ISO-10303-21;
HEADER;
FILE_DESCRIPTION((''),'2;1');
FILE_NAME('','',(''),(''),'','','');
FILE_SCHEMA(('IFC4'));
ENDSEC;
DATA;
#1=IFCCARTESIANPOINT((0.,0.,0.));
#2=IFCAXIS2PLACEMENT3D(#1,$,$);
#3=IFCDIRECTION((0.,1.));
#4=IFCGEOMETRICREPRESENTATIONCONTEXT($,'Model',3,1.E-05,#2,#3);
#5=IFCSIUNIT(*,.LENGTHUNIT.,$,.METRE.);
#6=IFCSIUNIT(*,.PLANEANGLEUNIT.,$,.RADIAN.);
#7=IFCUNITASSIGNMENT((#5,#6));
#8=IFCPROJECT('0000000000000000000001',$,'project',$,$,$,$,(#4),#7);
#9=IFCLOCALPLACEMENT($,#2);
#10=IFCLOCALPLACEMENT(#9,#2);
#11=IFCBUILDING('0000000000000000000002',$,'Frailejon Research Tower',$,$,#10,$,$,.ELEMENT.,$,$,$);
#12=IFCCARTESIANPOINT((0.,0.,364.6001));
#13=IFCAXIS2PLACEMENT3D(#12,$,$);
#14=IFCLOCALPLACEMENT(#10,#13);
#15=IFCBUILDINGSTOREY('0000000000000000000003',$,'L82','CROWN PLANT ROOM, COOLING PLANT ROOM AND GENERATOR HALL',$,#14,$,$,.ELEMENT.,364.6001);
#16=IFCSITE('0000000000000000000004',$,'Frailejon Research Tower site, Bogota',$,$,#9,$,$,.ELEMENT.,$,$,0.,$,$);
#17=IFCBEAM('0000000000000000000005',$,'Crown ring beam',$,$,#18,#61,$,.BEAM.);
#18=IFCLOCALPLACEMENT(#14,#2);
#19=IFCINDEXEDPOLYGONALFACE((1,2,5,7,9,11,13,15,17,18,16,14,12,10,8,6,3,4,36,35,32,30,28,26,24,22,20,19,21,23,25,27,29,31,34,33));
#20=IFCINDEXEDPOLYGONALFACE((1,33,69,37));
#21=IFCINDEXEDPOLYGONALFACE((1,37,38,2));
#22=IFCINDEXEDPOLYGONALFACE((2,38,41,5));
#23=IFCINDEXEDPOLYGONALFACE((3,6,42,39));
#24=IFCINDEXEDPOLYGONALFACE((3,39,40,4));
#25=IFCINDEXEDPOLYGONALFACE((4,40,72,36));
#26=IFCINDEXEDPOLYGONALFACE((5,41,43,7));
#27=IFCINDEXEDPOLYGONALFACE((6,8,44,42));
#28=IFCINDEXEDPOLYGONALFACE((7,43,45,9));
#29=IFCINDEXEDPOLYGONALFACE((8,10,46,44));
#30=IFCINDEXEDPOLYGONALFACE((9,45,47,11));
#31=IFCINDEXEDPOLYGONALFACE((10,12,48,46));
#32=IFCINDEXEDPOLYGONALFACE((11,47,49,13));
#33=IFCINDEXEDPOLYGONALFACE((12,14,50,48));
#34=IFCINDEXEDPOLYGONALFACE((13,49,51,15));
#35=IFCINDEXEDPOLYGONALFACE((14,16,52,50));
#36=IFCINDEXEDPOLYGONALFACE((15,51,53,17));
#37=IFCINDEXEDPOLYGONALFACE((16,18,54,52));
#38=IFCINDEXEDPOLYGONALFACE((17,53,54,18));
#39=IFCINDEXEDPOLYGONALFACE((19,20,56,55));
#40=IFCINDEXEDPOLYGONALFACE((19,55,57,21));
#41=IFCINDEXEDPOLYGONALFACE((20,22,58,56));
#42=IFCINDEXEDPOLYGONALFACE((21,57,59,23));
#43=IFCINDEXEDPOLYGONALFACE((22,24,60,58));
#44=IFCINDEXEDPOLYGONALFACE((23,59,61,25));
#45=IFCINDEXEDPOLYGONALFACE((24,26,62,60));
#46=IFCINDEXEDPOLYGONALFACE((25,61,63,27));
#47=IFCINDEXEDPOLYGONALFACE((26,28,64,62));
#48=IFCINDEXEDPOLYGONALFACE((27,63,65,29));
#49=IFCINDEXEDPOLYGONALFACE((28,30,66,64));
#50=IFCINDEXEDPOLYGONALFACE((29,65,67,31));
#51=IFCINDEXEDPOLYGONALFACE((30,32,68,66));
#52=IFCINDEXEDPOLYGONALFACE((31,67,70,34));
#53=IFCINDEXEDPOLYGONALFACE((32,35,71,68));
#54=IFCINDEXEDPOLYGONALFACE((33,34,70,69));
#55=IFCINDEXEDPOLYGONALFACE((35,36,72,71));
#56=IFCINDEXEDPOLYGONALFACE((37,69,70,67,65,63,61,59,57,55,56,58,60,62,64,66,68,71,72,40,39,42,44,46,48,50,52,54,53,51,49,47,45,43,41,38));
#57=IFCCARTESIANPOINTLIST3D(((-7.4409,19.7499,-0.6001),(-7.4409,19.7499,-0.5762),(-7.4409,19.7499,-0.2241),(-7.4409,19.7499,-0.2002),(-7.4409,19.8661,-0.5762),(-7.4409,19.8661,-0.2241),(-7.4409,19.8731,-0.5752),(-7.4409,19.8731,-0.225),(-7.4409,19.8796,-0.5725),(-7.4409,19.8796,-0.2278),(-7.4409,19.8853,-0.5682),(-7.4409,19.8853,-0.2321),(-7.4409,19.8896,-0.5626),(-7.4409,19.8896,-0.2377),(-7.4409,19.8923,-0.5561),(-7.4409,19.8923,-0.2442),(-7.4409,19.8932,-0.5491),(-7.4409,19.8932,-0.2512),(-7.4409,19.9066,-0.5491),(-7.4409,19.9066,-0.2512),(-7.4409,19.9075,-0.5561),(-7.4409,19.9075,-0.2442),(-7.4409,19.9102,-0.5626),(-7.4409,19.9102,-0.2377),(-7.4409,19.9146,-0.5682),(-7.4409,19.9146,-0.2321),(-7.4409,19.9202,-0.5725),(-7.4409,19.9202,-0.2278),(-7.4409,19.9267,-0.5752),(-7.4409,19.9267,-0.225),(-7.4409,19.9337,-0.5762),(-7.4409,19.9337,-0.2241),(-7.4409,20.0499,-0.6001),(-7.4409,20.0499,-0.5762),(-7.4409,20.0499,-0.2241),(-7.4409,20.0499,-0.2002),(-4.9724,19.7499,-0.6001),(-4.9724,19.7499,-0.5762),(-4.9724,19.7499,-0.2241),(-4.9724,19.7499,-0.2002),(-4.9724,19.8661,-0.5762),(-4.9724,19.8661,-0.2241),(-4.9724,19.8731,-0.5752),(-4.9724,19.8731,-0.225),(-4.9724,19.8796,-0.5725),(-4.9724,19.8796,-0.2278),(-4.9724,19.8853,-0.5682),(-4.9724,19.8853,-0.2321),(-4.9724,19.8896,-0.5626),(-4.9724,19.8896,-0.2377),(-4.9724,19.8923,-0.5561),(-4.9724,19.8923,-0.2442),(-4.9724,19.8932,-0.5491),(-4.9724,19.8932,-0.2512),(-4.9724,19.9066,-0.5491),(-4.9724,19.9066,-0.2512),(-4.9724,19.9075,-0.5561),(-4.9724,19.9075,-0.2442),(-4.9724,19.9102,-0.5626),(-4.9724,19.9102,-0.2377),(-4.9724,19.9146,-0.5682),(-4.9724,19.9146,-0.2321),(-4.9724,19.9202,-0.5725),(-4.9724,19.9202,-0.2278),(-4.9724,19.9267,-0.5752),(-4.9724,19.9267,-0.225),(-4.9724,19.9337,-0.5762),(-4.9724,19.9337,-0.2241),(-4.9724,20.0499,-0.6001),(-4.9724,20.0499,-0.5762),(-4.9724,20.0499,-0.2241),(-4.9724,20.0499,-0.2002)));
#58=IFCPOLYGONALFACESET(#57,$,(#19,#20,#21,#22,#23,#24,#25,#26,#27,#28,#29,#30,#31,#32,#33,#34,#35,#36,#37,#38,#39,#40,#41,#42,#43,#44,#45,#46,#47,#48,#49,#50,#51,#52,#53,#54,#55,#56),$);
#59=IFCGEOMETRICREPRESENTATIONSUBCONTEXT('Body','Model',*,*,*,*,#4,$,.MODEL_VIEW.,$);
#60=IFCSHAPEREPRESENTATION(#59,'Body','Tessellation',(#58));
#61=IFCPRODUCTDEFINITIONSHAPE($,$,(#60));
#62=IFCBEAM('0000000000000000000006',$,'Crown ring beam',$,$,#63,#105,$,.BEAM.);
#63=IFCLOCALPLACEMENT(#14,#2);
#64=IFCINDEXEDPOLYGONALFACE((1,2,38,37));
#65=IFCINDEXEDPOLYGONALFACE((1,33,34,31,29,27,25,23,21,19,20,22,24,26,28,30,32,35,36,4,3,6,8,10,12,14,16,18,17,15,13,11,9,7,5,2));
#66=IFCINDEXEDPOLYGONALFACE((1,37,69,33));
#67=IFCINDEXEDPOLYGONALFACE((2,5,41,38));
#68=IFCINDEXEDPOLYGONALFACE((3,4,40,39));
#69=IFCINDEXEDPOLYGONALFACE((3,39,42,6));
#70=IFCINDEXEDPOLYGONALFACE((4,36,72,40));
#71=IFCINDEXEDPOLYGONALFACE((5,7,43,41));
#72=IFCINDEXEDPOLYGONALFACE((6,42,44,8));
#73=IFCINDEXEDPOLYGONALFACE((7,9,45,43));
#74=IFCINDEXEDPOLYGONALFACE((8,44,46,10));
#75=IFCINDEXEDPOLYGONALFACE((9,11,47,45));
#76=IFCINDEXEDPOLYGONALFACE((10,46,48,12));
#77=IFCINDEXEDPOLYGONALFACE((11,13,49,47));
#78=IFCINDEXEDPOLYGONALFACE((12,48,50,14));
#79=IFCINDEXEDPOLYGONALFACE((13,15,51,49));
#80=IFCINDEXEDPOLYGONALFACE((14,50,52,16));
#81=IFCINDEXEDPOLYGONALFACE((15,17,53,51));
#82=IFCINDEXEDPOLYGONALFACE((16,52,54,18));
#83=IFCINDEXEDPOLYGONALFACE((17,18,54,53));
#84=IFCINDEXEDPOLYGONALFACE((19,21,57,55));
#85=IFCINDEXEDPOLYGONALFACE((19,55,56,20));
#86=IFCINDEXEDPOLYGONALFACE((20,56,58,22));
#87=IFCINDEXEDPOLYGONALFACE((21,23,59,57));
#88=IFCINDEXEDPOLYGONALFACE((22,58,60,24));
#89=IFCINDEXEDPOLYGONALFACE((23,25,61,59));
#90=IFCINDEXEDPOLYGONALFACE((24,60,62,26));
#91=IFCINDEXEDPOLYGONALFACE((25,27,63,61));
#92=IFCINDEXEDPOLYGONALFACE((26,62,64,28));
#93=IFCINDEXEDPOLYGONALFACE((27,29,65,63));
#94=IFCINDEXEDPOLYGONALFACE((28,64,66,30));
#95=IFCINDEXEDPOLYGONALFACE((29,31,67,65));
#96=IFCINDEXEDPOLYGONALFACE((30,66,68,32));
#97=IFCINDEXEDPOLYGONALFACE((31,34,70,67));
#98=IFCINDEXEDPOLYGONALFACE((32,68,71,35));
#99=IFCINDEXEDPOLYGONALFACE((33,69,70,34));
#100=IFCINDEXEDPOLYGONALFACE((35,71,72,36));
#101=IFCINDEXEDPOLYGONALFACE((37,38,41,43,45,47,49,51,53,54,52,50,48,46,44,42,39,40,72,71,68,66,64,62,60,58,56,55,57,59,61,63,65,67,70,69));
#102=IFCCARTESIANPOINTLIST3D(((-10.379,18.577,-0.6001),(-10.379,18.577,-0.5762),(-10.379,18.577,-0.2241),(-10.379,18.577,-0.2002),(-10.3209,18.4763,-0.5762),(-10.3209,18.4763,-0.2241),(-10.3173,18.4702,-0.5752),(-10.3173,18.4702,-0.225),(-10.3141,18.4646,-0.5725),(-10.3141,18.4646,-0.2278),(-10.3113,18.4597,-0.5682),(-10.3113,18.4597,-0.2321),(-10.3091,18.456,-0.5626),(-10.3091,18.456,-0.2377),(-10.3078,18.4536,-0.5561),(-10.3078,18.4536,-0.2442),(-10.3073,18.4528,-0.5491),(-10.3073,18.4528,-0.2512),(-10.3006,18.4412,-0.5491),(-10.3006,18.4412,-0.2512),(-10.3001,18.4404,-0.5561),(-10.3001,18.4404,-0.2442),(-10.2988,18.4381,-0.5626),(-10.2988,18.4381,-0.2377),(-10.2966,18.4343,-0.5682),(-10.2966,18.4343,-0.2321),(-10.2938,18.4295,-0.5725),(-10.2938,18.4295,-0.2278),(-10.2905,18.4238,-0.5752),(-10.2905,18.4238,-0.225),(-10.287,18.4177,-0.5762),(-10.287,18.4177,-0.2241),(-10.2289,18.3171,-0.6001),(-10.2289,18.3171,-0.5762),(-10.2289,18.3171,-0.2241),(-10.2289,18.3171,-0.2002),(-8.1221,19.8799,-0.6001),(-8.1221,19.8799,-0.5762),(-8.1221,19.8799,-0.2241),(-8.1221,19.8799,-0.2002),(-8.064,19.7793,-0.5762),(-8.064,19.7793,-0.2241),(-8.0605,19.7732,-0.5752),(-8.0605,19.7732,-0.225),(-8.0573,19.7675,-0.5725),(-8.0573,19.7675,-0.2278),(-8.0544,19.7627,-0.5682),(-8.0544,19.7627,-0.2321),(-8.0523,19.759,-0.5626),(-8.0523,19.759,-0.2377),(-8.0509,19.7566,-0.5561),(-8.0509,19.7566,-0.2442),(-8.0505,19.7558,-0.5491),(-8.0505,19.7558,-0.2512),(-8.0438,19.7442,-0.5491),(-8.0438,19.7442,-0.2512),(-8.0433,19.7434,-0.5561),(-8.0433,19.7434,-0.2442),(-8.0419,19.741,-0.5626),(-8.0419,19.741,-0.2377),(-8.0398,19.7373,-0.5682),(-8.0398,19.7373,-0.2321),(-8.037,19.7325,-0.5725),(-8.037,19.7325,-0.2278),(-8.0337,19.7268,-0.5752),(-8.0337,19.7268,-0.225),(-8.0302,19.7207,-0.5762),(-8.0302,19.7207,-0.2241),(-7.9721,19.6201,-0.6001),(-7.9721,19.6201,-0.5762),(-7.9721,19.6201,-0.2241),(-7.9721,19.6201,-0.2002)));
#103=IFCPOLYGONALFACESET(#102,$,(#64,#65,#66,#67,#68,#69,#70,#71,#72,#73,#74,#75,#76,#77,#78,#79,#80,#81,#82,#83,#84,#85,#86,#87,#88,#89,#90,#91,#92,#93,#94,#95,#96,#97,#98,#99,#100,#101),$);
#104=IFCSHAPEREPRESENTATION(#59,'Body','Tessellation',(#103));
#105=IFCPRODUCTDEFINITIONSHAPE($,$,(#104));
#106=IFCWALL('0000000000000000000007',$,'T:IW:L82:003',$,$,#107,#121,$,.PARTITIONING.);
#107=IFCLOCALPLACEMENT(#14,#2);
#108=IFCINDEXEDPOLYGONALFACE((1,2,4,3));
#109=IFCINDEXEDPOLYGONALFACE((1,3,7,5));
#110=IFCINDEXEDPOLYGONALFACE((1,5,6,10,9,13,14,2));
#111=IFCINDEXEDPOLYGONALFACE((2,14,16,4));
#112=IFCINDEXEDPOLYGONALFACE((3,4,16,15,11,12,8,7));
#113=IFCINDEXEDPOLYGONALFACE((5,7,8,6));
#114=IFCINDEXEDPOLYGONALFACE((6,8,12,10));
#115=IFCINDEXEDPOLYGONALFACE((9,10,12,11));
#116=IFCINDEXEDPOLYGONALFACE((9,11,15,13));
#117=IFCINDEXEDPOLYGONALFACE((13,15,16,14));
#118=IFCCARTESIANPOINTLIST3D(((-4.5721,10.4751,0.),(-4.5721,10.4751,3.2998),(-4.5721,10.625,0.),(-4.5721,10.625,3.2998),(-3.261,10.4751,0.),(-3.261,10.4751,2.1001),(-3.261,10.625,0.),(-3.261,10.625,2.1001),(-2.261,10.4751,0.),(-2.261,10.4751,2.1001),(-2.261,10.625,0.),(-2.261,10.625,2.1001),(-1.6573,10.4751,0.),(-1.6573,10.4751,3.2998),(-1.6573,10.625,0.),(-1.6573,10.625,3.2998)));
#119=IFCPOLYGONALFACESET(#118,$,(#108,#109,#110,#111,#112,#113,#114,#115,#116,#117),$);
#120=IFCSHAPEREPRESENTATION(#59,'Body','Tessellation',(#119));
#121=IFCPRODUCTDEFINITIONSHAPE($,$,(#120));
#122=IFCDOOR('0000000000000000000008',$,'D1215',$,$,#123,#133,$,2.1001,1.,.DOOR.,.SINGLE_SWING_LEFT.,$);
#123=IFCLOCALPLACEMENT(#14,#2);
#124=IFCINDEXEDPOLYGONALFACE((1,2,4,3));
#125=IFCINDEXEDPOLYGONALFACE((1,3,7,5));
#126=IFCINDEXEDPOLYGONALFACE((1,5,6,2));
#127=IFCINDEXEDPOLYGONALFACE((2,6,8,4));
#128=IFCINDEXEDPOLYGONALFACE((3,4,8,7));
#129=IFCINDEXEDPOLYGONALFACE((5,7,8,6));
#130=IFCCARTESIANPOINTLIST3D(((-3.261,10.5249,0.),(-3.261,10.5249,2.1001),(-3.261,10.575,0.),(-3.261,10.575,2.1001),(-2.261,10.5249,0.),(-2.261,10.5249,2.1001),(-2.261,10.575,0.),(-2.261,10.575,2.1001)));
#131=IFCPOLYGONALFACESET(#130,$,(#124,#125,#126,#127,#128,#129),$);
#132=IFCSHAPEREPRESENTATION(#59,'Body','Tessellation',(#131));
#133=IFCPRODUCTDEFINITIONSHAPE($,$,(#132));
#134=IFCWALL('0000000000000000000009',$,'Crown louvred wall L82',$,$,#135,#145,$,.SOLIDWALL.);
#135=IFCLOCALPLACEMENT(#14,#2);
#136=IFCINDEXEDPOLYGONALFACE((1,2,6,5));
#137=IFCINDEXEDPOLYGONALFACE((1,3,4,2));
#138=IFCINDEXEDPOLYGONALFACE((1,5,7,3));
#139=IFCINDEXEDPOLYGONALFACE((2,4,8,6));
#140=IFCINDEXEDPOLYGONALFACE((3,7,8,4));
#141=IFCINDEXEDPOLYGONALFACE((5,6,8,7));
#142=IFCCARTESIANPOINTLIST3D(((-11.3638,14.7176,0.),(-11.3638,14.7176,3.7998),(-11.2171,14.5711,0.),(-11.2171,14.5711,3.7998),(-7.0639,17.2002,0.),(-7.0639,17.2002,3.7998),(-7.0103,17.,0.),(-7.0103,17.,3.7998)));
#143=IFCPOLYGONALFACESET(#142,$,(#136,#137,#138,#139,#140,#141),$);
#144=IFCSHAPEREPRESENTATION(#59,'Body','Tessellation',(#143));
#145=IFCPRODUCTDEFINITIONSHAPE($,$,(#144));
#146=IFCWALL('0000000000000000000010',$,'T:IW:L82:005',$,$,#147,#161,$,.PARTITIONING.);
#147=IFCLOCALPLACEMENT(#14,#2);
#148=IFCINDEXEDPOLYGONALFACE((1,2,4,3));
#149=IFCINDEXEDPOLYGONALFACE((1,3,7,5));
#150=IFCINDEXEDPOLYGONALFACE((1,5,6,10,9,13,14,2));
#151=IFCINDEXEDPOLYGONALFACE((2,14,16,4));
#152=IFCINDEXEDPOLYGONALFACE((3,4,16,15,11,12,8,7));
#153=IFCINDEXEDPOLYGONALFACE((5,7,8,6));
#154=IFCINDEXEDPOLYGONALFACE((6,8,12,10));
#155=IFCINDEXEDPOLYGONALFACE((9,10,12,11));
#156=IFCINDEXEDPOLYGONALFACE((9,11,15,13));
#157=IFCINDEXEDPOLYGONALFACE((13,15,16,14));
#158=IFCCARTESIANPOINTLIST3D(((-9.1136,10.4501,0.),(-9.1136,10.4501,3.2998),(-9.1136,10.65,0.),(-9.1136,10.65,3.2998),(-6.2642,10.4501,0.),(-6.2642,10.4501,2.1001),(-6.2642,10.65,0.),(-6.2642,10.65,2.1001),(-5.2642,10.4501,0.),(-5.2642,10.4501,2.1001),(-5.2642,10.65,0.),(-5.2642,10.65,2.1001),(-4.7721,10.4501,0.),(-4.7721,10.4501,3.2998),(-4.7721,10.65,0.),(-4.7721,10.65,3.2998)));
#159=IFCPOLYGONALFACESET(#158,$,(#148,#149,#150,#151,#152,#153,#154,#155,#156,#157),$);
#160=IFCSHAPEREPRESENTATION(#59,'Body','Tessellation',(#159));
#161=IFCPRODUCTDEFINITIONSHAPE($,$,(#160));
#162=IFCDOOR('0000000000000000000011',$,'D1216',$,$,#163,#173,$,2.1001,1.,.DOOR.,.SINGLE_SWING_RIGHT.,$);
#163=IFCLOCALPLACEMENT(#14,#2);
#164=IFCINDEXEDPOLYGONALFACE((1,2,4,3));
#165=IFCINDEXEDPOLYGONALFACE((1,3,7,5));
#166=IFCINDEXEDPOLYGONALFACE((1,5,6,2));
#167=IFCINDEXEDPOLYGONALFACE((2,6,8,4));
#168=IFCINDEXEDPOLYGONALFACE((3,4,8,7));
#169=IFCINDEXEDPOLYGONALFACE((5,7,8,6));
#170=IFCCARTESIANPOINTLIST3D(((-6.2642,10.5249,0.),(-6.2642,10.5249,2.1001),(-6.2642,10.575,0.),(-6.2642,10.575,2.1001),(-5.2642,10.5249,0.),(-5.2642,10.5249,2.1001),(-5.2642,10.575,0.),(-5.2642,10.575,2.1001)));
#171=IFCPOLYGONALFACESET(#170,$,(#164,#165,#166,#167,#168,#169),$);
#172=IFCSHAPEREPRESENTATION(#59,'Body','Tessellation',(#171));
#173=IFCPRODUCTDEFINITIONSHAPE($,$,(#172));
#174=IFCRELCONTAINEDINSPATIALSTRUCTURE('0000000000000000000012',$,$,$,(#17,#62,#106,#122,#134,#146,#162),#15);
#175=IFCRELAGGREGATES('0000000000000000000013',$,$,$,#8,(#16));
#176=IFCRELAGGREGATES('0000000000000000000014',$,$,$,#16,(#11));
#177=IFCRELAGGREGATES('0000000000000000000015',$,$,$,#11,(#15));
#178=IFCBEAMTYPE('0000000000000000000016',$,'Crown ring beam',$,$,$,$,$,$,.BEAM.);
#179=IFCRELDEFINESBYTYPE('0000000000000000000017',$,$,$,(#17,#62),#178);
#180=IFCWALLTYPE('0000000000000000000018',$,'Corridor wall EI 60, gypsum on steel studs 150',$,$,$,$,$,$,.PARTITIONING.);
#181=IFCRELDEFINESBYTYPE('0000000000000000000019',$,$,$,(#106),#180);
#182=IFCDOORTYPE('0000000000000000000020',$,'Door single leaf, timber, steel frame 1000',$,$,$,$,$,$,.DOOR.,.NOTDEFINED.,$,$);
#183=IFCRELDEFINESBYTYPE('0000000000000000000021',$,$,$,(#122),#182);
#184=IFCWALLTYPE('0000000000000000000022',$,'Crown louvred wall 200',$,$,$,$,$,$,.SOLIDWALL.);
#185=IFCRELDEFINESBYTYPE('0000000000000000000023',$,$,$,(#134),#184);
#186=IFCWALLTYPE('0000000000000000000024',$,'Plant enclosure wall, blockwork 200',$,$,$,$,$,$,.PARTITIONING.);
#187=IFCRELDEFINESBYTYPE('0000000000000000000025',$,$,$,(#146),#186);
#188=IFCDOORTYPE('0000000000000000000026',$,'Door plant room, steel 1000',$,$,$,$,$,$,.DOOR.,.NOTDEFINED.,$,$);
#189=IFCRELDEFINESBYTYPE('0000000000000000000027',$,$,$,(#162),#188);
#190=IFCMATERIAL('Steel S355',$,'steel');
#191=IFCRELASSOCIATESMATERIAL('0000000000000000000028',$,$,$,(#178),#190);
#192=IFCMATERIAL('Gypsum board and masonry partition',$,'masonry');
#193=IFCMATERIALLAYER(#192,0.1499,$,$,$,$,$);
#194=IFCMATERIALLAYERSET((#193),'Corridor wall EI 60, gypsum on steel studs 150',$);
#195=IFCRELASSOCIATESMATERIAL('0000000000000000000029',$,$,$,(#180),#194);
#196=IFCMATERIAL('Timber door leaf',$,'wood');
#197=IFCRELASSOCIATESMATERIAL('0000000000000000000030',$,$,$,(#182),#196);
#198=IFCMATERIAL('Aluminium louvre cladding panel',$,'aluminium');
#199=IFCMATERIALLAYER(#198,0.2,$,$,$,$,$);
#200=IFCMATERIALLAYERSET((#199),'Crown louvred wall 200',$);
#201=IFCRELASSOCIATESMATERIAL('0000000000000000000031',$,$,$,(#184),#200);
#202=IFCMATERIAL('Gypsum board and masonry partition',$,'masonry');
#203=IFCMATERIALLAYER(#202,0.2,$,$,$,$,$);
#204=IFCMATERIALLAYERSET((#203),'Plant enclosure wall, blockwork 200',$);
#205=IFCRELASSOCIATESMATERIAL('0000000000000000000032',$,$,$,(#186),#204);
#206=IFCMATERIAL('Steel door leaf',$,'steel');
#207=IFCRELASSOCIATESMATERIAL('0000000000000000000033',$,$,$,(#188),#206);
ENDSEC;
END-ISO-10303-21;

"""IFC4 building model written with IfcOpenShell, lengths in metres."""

from ifc_helpers import new_model, si_unit, direction, frame, frame_2d, origin, origin_2d, place, context, subcontext, project, spatial, polyline, rectangle, i_section, outline, extrude, material, layer, layer_set, material_profile, profile_set, type_object, element, fill, save


model = new_model("IFC4")

# Units and contexts
model_context = context("Model", 3, precision=1e-05, world=origin(), true_north=direction((0.0, 1.0)))
body_context = subcontext(model_context, "Body", "Model", "MODEL_VIEW")
ifc_project = project(units=[si_unit("LENGTHUNIT", "METRE"), si_unit("PLANEANGLEUNIT", "RADIAN")], contexts=[model_context])

# Site, building, storey
site_placement = place(None, origin())
site = spatial("IfcSite", under=ifc_project, at=site_placement, Name="Frailejon Research Tower site, Bogota", CompositionType="ELEMENT", RefElevation=0.0)
building_placement = place(site_placement, origin())
building = spatial("IfcBuilding", under=site, at=building_placement, Name="Frailejon Research Tower", CompositionType="ELEMENT")
storey_placement = place(building_placement, frame((0.0, 0.0, 364.6001)))
storey = spatial("IfcBuildingStorey", under=building, at=storey_placement, Name="L82", Description="CROWN PLANT ROOM, COOLING PLANT ROOM AND GENERATOR HALL", CompositionType="ELEMENT", Elevation=364.6001)

# Beams
ifc_material_1 = material(Name="Steel S355", Category="steel")
ifc_material_profile_1 = material_profile(ifc_material_1, i_section(OverallWidth=0.3, OverallDepth=0.3999, WebThickness=0.0134, FlangeThickness=0.0239, FilletRadius=0.0271, at=origin_2d()), Name="HE 400 B")
ifc_profile_set_1 = profile_set([ifc_material_profile_1], Name="Steel S355")
beam_type_1 = type_object("IfcBeamType", Name="Crown ring beam", PredefinedType="BEAM", material=ifc_profile_set_1)
beam_1_placement = place(storey_placement, frame((-4.9724, 19.8999, -0.4001), z_axis=(-1.0, 0.0, 0.0), x_axis=(0.0, -1.0, 0.0)))
element("IfcBeam", 1, at=beam_1_placement, inside=storey, type_object=beam_type_1, Name="Crown ring beam", PredefinedType="BEAM", context=body_context, shape_type="SweptSolid", body=[
    extrude(i_section(OverallWidth=0.3, OverallDepth=0.3999, WebThickness=0.0134, FlangeThickness=0.0239, FilletRadius=0.0271, at=origin_2d()), origin(), (0.0, 0.0, 1.0), 2.4685),
])
beam_2_placement = place(storey_placement, frame((-8.0471, 19.75, -0.4001), z_axis=(-0.866026, -0.499998, 0.0), x_axis=(0.499998, -0.866026, 0.0)))
element("IfcBeam", 2, at=beam_2_placement, inside=storey, type_object=beam_type_1, Name="Crown ring beam", PredefinedType="BEAM", context=body_context, shape_type="SweptSolid", body=[
    extrude(i_section(OverallWidth=0.3, OverallDepth=0.3999, WebThickness=0.0134, FlangeThickness=0.0239, FilletRadius=0.0271, at=origin_2d()), origin(), (0.0, 0.0, 1.0), 2.606),
])

# Wall, opening, door
ifc_material_2 = material(Name="Gypsum board and masonry partition", Category="masonry")
ifc_layer_1 = layer(ifc_material_2, 0.1499)
ifc_layer_set_1 = layer_set([ifc_layer_1], Name="Corridor wall EI 60, gypsum on steel studs 150")
wall_type_1 = type_object("IfcWallType", Name="Corridor wall EI 60, gypsum on steel studs 150", PredefinedType="PARTITIONING", material=ifc_layer_set_1)
wall_1_placement = place(storey_placement, frame((-4.5723, 10.55, 0.0), z_axis=(0.0, 0.0, 1.0), x_axis=(1.0, 0.0, 0.0)))
wall_1 = element("IfcWall", 3, at=wall_1_placement, inside=storey, type_object=wall_type_1, Name="T:IW:L82:003", PredefinedType="PARTITIONING", context=body_context, shape_type="SweptSolid", body=[
    extrude(rectangle(XDim=2.9148, YDim=0.1499, at=frame_2d((1.4575, 0.0))), origin(), (0.0, 0.0, 1.0), 3.2998),
])
opening_1_placement = place(wall_1_placement, frame((1.3113, 0.0, 0.0)))
opening_1 = element("IfcOpeningElement", 4, at=opening_1_placement, cuts=wall_1, PredefinedType="OPENING", context=body_context, shape_type="SweptSolid", body=[
    extrude(rectangle(XDim=1.0, YDim=2.1001, at=frame_2d((0.5, 1.05))), frame((0.0, 0.085, 0.0), z_axis=(0.0, -1.0, 0.0), x_axis=(1.0, 0.0, 0.0)), (0.0, 0.0, 1.0), 0.1699),
])
ifc_material_3 = material(Name="Timber door leaf", Category="wood")
door_type_1 = type_object("IfcDoorType", Name="Door single leaf, timber, steel frame 1000", OperationType="NOTDEFINED", PredefinedType="DOOR", material=ifc_material_3)
door_1_placement = place(opening_1_placement, origin())
door_1 = element("IfcDoor", 5, at=door_1_placement, inside=storey, type_object=door_type_1, Name="D1215", OperationType="SINGLE_SWING_LEFT", OverallHeight=2.1001, OverallWidth=1.0, PredefinedType="DOOR", context=body_context, shape_type="SweptSolid", body=[
    extrude(rectangle(XDim=1.0, YDim=2.1001, at=frame_2d((0.5, 1.05))), frame((0.0, 0.0249, 0.0), z_axis=(0.0, -1.0, 0.0), x_axis=(1.0, 0.0, 0.0)), (0.0, 0.0, 1.0), 0.05),
])
fill(opening_1, door_1)

# Wall
ifc_material_4 = material(Name="Aluminium louvre cladding panel", Category="aluminium")
ifc_layer_2 = layer(ifc_material_4, 0.2)
ifc_layer_set_2 = layer_set([ifc_layer_2], Name="Crown louvred wall 200")
wall_type_2 = type_object("IfcWallType", Name="Crown louvred wall 200", PredefinedType="SOLIDWALL", material=ifc_layer_set_2)
wall_2_placement = place(storey_placement, frame((-7.0371, 17.1001, 0.0), z_axis=(0.0, 0.0, 1.0), x_axis=(-0.866017, -0.500015, 0.0)))
element("IfcWall", 6, at=wall_2_placement, inside=storey, type_object=wall_type_2, Name="Crown louvred wall L82", PredefinedType="SOLIDWALL", context=body_context, shape_type="SweptSolid", body=[
    extrude(outline(polyline([(-0.0269, -0.1001), (4.9382, -0.1001), (4.8845, 0.1001), (0.0269, 0.1001), (-0.0269, -0.1001)])), origin(), (0.0, 0.0, 1.0), 3.7998),
])

# Wall, opening, door
ifc_material_5 = material(Name="Gypsum board and masonry partition", Category="masonry")
ifc_layer_3 = layer(ifc_material_5, 0.2)
ifc_layer_set_3 = layer_set([ifc_layer_3], Name="Plant enclosure wall, blockwork 200")
wall_type_3 = type_object("IfcWallType", Name="Plant enclosure wall, blockwork 200", PredefinedType="PARTITIONING", material=ifc_layer_set_3)
wall_3_placement = place(storey_placement, frame((-9.1138, 10.55, 0.0), z_axis=(0.0, 0.0, 1.0), x_axis=(1.0, 0.0, 0.0)))
wall_3 = element("IfcWall", 7, at=wall_3_placement, inside=storey, type_object=wall_type_3, Name="T:IW:L82:005", PredefinedType="PARTITIONING", context=body_context, shape_type="SweptSolid", body=[
    extrude(rectangle(XDim=4.3416, YDim=0.2, at=frame_2d((2.1709, 0.0))), origin(), (0.0, 0.0, 1.0), 3.2998),
])
opening_2_placement = place(wall_3_placement, frame((2.8496, 0.0, 0.0)))
opening_2 = element("IfcOpeningElement", 8, at=opening_2_placement, cuts=wall_3, PredefinedType="OPENING", context=body_context, shape_type="SweptSolid", body=[
    extrude(rectangle(XDim=1.0, YDim=2.1001, at=frame_2d((0.5, 1.05))), frame((0.0, 0.1099, 0.0), z_axis=(0.0, -1.0, 0.0), x_axis=(1.0, 0.0, 0.0)), (0.0, 0.0, 1.0), 0.22),
])
ifc_material_6 = material(Name="Steel door leaf", Category="steel")
door_type_2 = type_object("IfcDoorType", Name="Door plant room, steel 1000", OperationType="NOTDEFINED", PredefinedType="DOOR", material=ifc_material_6)
door_2_placement = place(opening_2_placement, origin())
door_2 = element("IfcDoor", 9, at=door_2_placement, inside=storey, type_object=door_type_2, Name="D1216", OperationType="SINGLE_SWING_RIGHT", OverallHeight=2.1001, OverallWidth=1.0, PredefinedType="DOOR", context=body_context, shape_type="SweptSolid", body=[
    extrude(rectangle(XDim=1.0, YDim=2.1001, at=frame_2d((0.5, 1.05))), frame((0.0, 0.0249, 0.0), z_axis=(0.0, -1.0, 0.0), x_axis=(1.0, 0.0, 0.0)), (0.0, 0.0, 1.0), 0.05),
])
fill(opening_2, door_2)

save(model, "model.ifc")
